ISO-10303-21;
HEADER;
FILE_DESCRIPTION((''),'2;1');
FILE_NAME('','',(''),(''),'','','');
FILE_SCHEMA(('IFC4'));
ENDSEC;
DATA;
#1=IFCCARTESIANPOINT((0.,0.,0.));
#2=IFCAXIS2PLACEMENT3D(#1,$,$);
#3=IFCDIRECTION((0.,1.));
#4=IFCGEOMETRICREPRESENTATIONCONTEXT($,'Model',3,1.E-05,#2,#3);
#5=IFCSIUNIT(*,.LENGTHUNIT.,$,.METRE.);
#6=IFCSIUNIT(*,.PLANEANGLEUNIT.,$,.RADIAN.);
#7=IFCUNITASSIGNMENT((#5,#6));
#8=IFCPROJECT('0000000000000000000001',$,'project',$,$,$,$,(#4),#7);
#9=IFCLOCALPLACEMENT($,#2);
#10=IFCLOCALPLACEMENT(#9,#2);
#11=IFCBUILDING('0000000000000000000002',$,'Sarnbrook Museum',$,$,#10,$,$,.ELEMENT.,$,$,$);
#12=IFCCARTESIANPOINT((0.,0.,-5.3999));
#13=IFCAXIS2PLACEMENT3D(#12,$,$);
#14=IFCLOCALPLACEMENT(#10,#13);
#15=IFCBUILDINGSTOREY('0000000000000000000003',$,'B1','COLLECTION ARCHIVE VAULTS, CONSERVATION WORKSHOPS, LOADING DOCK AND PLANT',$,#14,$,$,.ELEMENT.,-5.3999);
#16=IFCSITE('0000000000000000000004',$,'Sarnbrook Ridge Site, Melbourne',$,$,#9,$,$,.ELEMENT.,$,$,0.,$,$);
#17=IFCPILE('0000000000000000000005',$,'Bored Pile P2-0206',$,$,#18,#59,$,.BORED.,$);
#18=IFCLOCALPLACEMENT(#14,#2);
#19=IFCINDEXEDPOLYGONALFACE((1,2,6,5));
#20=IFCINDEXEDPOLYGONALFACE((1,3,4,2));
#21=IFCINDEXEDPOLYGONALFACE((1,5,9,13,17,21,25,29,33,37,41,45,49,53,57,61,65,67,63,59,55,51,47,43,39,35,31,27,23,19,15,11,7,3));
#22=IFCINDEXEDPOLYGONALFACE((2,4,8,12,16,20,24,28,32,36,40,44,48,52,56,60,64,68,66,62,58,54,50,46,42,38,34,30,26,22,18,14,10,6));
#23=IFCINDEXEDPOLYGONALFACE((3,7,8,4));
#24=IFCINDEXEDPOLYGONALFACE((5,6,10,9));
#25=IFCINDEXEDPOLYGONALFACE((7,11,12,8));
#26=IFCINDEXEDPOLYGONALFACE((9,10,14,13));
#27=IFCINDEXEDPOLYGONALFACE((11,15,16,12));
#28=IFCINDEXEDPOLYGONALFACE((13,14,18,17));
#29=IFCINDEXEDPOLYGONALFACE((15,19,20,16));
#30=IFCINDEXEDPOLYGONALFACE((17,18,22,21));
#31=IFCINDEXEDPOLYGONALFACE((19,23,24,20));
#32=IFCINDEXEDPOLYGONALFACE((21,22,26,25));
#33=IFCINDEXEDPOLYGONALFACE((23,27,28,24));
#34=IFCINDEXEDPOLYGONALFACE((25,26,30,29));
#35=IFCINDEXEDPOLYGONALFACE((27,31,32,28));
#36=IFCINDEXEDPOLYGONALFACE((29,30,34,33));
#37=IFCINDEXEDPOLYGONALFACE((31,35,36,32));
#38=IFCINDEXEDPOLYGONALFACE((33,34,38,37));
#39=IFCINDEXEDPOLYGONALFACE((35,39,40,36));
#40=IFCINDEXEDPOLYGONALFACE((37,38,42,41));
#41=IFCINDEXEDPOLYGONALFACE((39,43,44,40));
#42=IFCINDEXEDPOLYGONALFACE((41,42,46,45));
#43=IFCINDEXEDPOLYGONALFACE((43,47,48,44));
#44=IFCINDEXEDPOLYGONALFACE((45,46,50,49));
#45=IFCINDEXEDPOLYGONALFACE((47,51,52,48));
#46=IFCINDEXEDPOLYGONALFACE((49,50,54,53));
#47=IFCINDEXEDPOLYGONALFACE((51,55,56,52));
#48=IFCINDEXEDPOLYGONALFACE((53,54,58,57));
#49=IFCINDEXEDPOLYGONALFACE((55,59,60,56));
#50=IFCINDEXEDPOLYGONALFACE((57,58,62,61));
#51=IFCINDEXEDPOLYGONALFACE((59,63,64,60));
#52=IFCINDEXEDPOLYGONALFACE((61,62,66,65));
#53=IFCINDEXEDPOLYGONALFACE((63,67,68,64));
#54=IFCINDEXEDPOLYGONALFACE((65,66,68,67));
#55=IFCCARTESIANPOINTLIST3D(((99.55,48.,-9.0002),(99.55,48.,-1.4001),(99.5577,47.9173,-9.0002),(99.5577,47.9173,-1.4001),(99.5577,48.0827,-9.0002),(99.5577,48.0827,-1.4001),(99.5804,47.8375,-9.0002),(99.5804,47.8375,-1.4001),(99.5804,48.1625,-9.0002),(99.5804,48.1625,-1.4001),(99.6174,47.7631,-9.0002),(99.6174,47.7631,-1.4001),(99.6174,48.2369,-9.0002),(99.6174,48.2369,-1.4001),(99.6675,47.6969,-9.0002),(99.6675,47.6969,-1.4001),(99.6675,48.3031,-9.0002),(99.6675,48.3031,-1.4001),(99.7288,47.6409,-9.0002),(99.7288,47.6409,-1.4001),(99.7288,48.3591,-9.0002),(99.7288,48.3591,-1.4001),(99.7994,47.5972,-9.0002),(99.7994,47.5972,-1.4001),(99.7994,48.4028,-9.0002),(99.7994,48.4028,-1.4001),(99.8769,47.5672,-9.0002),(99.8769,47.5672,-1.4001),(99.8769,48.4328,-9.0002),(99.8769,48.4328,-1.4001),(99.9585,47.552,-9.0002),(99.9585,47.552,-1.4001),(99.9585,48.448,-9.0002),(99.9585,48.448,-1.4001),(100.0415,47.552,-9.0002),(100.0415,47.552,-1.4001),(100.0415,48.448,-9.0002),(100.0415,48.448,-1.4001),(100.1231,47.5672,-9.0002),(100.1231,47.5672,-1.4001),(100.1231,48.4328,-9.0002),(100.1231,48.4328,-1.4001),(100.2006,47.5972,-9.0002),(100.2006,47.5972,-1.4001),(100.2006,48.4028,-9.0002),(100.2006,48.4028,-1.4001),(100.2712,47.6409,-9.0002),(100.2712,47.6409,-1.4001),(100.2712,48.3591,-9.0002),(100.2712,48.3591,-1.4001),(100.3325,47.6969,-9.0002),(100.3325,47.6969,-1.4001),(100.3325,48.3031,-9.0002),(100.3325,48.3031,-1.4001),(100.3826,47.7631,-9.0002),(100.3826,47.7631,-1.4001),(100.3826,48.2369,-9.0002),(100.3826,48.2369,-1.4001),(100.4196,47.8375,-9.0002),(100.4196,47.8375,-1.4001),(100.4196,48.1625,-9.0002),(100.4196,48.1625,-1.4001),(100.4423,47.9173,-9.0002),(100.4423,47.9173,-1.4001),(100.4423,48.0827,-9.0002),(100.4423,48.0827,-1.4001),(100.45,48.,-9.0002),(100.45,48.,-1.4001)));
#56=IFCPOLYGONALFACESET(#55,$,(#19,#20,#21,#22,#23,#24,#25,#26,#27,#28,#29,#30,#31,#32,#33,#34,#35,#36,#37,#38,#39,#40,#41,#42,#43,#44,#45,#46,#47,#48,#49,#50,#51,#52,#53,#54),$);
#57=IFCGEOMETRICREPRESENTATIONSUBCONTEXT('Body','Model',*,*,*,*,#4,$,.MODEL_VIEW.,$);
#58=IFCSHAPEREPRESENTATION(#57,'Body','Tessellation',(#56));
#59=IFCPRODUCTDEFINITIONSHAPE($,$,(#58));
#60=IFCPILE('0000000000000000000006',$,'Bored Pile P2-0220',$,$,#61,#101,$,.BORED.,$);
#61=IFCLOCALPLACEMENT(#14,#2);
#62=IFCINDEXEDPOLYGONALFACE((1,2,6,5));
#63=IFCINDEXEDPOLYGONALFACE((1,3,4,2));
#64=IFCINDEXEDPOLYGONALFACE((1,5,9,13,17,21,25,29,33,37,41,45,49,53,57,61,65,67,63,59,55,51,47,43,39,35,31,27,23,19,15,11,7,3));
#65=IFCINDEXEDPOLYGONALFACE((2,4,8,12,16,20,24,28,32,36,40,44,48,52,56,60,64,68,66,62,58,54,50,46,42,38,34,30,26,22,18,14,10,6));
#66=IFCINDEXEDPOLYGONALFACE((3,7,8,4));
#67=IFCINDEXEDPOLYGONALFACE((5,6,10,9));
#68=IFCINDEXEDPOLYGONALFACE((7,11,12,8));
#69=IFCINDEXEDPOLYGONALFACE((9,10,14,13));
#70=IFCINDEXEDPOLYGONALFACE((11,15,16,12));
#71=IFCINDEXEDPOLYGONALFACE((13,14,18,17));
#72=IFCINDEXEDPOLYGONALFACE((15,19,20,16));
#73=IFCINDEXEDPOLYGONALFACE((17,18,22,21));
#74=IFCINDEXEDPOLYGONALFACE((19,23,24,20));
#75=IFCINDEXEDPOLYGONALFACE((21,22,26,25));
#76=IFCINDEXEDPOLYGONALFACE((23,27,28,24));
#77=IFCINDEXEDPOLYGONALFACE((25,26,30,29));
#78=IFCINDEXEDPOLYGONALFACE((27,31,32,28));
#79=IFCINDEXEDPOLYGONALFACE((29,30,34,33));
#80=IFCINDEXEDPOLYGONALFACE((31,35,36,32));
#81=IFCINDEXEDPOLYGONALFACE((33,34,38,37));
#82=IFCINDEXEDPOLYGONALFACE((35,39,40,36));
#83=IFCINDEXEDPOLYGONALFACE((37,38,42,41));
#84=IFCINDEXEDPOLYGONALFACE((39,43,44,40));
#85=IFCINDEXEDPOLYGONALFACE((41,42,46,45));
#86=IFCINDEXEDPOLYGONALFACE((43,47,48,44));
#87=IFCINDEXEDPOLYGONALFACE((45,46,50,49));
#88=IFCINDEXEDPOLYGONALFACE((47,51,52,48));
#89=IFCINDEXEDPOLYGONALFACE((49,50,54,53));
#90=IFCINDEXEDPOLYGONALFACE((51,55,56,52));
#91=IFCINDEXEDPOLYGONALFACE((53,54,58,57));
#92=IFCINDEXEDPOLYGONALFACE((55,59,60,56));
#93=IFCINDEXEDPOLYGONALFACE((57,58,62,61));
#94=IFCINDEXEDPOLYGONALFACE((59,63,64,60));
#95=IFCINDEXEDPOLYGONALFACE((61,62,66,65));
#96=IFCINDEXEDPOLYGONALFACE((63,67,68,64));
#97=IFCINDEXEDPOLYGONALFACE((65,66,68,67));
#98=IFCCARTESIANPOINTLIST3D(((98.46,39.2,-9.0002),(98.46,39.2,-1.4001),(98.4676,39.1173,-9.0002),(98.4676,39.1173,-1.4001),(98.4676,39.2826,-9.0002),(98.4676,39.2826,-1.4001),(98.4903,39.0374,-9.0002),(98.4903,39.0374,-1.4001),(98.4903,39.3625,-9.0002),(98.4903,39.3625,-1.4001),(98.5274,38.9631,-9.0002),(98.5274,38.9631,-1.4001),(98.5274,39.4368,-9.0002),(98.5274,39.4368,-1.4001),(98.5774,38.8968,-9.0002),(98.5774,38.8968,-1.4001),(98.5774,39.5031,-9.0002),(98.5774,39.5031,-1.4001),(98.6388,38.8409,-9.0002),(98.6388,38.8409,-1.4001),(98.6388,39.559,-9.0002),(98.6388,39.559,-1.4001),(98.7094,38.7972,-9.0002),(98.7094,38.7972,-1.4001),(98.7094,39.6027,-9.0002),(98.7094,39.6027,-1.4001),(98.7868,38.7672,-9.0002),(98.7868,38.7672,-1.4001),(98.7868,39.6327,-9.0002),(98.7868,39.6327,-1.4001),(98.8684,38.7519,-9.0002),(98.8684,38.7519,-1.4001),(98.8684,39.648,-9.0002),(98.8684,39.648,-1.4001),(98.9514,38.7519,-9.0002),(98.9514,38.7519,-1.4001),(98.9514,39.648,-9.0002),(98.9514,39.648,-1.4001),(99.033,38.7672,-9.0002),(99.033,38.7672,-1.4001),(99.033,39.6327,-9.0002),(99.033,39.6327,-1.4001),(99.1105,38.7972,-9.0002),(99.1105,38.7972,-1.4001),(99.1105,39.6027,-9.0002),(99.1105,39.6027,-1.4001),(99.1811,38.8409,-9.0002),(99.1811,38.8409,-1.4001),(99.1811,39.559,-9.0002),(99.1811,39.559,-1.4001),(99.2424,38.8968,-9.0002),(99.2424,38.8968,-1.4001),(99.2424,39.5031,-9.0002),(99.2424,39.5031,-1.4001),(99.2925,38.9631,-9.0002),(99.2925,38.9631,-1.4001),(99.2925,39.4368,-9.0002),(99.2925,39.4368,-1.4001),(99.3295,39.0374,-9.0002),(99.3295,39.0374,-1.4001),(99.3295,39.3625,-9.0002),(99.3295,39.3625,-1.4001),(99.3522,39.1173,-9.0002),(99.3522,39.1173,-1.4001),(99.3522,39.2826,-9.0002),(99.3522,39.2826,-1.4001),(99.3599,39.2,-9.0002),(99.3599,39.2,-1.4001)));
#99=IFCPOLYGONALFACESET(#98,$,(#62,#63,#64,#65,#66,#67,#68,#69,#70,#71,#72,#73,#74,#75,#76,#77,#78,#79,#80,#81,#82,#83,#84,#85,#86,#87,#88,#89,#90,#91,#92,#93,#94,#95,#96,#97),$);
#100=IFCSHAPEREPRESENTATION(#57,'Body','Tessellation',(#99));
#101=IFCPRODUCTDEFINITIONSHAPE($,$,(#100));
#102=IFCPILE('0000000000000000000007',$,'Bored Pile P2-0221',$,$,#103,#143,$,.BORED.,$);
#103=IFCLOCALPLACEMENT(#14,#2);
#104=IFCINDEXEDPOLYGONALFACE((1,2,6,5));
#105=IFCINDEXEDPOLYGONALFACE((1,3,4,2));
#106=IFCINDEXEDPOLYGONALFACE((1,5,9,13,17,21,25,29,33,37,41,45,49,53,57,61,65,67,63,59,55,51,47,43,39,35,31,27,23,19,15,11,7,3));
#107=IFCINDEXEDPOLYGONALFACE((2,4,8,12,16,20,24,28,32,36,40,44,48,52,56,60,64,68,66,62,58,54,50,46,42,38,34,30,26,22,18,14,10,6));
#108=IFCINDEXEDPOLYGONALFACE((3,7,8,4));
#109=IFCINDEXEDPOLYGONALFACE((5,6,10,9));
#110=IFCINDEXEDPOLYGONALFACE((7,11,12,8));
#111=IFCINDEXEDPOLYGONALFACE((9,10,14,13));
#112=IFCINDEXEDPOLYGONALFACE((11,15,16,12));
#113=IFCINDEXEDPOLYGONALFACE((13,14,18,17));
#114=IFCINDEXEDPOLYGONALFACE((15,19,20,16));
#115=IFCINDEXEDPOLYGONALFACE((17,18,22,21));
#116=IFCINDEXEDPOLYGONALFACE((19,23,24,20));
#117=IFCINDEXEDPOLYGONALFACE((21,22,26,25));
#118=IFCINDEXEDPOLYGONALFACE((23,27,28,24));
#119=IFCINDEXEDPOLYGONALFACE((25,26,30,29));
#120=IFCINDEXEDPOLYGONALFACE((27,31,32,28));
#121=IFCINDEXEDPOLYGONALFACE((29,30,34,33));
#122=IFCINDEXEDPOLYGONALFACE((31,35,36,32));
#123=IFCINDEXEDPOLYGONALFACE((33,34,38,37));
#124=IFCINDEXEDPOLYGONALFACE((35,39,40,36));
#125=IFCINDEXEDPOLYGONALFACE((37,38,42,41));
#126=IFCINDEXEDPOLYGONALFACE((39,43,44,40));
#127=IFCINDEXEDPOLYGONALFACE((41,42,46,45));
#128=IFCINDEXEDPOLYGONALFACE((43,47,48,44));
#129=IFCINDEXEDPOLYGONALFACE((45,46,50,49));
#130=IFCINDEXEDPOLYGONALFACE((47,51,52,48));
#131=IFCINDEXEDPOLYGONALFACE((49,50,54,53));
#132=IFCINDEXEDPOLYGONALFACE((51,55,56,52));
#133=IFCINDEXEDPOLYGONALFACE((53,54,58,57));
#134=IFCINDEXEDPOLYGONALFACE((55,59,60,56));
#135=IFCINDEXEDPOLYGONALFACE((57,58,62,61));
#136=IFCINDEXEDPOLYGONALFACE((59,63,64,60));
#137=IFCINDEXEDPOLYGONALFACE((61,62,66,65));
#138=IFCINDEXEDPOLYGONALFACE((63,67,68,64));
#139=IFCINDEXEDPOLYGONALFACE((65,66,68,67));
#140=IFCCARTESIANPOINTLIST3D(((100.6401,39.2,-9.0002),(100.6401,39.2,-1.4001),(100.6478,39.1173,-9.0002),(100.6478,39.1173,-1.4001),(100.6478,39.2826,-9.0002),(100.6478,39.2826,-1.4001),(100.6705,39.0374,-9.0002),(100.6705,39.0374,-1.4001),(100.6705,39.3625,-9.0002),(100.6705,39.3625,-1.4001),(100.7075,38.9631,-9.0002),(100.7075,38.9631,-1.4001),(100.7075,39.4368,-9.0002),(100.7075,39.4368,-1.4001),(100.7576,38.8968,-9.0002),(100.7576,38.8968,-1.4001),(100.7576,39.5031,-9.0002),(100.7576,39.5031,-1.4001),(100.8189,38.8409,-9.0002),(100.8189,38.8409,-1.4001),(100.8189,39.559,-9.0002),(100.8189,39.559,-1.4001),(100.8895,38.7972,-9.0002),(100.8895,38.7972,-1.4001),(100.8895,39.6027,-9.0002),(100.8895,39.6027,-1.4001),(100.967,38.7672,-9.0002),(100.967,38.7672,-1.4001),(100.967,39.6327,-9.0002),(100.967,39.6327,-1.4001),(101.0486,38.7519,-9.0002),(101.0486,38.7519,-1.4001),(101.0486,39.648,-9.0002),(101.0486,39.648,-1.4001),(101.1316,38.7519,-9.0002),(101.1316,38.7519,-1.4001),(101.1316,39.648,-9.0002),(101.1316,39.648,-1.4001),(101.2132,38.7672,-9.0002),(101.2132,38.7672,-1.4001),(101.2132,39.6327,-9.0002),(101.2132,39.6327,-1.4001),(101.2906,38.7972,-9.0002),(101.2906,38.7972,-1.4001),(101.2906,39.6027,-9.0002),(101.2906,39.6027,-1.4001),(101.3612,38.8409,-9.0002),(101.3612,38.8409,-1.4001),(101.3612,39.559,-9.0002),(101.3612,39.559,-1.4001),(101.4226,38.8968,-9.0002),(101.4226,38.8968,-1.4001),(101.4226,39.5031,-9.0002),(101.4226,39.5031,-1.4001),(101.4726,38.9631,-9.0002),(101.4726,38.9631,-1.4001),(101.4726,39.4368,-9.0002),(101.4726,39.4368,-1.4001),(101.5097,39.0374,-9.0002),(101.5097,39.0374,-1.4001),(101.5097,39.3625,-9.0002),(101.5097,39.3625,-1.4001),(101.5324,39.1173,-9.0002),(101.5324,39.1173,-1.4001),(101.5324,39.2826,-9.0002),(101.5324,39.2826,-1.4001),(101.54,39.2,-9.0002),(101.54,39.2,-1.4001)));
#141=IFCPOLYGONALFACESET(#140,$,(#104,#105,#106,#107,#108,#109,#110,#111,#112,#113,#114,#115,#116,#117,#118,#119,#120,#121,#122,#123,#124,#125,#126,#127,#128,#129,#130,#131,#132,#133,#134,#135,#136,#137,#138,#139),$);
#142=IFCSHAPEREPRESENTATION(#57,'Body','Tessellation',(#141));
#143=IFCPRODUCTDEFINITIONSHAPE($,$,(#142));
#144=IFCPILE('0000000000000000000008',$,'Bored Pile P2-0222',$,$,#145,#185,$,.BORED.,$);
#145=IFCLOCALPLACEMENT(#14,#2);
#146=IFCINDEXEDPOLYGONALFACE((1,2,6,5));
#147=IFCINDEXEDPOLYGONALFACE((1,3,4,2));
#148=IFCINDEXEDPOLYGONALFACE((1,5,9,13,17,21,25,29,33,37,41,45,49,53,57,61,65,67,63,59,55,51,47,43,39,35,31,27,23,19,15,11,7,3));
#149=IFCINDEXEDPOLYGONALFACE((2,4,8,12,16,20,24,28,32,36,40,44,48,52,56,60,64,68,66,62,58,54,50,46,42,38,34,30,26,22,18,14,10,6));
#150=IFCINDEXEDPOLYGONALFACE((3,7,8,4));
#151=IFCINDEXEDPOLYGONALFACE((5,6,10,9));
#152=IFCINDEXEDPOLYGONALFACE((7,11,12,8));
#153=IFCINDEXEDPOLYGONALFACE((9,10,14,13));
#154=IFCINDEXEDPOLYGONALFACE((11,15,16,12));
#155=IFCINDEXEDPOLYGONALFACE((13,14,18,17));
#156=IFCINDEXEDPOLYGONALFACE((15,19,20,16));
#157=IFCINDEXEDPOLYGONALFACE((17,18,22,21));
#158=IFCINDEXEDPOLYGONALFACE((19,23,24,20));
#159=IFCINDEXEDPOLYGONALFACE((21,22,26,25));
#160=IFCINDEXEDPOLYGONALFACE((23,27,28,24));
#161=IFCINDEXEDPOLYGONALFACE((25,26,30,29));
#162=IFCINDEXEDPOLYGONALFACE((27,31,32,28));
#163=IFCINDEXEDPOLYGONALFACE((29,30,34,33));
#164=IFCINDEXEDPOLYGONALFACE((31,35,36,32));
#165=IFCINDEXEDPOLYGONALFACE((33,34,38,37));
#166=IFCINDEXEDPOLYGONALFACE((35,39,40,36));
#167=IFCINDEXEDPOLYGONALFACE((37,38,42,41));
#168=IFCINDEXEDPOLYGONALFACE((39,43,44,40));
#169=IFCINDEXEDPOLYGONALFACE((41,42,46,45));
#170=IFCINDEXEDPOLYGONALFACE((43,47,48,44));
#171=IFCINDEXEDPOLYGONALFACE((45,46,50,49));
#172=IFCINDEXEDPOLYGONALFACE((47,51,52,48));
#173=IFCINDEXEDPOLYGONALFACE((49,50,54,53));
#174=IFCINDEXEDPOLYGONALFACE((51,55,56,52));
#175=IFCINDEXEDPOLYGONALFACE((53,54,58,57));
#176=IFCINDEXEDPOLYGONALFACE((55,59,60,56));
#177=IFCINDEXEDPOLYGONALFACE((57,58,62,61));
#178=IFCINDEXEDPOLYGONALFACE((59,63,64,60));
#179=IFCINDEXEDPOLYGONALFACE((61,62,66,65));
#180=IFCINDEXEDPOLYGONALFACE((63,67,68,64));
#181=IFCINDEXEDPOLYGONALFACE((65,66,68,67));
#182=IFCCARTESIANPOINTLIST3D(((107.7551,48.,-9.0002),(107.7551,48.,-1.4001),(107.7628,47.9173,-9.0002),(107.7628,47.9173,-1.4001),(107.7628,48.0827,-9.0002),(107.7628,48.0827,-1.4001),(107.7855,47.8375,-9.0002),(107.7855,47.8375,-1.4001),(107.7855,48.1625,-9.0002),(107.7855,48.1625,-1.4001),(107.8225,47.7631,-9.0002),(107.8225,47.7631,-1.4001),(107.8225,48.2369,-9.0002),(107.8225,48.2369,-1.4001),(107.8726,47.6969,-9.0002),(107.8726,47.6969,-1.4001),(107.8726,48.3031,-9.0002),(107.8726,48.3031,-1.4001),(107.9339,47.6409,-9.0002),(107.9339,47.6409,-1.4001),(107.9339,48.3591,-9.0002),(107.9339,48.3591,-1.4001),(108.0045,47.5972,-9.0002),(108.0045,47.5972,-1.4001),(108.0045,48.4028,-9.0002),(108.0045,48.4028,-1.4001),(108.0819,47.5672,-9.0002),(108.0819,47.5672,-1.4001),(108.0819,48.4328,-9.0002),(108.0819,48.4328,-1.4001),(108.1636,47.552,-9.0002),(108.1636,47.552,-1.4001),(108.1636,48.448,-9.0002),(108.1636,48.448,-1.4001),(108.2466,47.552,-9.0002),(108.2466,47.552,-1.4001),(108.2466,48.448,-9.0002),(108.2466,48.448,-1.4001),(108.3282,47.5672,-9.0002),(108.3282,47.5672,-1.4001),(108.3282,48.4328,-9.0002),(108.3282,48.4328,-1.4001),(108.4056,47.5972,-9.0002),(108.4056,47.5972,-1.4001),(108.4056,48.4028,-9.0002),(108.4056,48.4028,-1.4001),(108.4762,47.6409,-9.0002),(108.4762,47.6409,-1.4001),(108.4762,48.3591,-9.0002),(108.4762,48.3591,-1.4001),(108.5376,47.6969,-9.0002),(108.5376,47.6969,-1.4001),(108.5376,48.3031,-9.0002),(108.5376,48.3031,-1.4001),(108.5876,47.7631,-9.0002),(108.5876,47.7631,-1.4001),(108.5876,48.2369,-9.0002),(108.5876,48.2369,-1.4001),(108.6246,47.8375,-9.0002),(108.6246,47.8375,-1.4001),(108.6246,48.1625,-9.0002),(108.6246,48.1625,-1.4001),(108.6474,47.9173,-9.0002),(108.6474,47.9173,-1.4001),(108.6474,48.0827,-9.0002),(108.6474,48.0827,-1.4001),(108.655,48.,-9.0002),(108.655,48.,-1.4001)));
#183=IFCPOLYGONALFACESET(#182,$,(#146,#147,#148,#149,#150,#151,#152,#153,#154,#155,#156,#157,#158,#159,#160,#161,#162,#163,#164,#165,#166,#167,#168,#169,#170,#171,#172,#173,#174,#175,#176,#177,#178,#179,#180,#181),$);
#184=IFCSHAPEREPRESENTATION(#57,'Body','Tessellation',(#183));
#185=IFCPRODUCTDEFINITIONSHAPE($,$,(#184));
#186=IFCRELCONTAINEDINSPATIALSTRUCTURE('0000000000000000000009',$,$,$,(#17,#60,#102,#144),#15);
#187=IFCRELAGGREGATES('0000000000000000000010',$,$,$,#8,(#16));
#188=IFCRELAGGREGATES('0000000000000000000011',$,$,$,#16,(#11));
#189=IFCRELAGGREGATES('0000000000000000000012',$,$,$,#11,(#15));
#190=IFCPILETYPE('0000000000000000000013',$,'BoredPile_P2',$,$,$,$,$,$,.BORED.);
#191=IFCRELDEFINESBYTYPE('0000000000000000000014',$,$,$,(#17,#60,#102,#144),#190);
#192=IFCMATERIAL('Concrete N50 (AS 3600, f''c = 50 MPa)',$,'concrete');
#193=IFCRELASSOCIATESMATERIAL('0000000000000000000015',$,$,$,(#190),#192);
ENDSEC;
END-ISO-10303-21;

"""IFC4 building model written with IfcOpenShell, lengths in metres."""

from ifc_helpers import new_model, si_unit, direction, frame, origin, origin_2d, place, context, subcontext, project, spatial, circle, extrude, material, material_profile, profile_set, type_object, element, save


model = new_model("IFC4")

# Units and contexts
model_context = context("Model", 3, precision=1e-05, world=origin(), true_north=direction((0.0, 1.0)))
body_context = subcontext(model_context, "Body", "Model", "MODEL_VIEW")
ifc_project = project(units=[si_unit("LENGTHUNIT", "METRE"), si_unit("PLANEANGLEUNIT", "RADIAN")], contexts=[model_context])

# Site, building, storey
site_placement = place(None, origin())
site = spatial("IfcSite", under=ifc_project, at=site_placement, Name="Sarnbrook Ridge Site, Melbourne", CompositionType="ELEMENT", RefElevation=0.0)
building_placement = place(site_placement, origin())
building = spatial("IfcBuilding", under=site, at=building_placement, Name="Sarnbrook Museum", CompositionType="ELEMENT")
storey_placement = place(building_placement, frame((0.0, 0.0, -5.3999)))
storey = spatial("IfcBuildingStorey", under=building, at=storey_placement, Name="B1", Description="COLLECTION ARCHIVE VAULTS, CONSERVATION WORKSHOPS, LOADING DOCK AND PLANT", CompositionType="ELEMENT", Elevation=-5.3999)

# Piles
ifc_material_1 = material(Name="Concrete N50 (AS 3600, f'c = 50 MPa)", Category="concrete")
ifc_material_profile_1 = material_profile(ifc_material_1, circle(Radius=0.45, at=origin_2d()), Name="BORED PILE D900")
ifc_profile_set_1 = profile_set([ifc_material_profile_1], Name="Concrete N50 (AS 3600, f'c = 50 MPa)")
pile_type_1 = type_object("IfcPileType", Name="BoredPile_P2", PredefinedType="BORED", material=ifc_profile_set_1)
for number, where, z_axis, x_axis, name in (
    (1, (100.0, 48.0, -1.4001), (0.0, 0.0, -1.0), (1.0, 0.0, 0.0), "Bored Pile P2-0206"),
    (2, (98.9099, 39.2, -1.4001), (0.0, 0.0, -1.0), (1.0, 0.0, 0.0), "Bored Pile P2-0220"),
    (3, (101.0901, 39.2, -1.4001), (0.0, 0.0, -1.0), (1.0, 0.0, 0.0), "Bored Pile P2-0221"),
    (4, (108.2051, 48.0, -1.4001), (0.0, 0.0, -1.0), (1.0, 0.0, 0.0), "Bored Pile P2-0222"),
):
    element("IfcPile", number, at=place(storey_placement, frame(where, z_axis=z_axis, x_axis=x_axis)), inside=storey, type_object=pile_type_1, Name=name, PredefinedType="BORED", context=body_context, shape_type="SweptSolid", body=[
        extrude(circle(Radius=0.45, at=origin_2d()), origin(), (0.0, 0.0, 1.0), 7.6001),
    ])

save(model, "model.ifc")
